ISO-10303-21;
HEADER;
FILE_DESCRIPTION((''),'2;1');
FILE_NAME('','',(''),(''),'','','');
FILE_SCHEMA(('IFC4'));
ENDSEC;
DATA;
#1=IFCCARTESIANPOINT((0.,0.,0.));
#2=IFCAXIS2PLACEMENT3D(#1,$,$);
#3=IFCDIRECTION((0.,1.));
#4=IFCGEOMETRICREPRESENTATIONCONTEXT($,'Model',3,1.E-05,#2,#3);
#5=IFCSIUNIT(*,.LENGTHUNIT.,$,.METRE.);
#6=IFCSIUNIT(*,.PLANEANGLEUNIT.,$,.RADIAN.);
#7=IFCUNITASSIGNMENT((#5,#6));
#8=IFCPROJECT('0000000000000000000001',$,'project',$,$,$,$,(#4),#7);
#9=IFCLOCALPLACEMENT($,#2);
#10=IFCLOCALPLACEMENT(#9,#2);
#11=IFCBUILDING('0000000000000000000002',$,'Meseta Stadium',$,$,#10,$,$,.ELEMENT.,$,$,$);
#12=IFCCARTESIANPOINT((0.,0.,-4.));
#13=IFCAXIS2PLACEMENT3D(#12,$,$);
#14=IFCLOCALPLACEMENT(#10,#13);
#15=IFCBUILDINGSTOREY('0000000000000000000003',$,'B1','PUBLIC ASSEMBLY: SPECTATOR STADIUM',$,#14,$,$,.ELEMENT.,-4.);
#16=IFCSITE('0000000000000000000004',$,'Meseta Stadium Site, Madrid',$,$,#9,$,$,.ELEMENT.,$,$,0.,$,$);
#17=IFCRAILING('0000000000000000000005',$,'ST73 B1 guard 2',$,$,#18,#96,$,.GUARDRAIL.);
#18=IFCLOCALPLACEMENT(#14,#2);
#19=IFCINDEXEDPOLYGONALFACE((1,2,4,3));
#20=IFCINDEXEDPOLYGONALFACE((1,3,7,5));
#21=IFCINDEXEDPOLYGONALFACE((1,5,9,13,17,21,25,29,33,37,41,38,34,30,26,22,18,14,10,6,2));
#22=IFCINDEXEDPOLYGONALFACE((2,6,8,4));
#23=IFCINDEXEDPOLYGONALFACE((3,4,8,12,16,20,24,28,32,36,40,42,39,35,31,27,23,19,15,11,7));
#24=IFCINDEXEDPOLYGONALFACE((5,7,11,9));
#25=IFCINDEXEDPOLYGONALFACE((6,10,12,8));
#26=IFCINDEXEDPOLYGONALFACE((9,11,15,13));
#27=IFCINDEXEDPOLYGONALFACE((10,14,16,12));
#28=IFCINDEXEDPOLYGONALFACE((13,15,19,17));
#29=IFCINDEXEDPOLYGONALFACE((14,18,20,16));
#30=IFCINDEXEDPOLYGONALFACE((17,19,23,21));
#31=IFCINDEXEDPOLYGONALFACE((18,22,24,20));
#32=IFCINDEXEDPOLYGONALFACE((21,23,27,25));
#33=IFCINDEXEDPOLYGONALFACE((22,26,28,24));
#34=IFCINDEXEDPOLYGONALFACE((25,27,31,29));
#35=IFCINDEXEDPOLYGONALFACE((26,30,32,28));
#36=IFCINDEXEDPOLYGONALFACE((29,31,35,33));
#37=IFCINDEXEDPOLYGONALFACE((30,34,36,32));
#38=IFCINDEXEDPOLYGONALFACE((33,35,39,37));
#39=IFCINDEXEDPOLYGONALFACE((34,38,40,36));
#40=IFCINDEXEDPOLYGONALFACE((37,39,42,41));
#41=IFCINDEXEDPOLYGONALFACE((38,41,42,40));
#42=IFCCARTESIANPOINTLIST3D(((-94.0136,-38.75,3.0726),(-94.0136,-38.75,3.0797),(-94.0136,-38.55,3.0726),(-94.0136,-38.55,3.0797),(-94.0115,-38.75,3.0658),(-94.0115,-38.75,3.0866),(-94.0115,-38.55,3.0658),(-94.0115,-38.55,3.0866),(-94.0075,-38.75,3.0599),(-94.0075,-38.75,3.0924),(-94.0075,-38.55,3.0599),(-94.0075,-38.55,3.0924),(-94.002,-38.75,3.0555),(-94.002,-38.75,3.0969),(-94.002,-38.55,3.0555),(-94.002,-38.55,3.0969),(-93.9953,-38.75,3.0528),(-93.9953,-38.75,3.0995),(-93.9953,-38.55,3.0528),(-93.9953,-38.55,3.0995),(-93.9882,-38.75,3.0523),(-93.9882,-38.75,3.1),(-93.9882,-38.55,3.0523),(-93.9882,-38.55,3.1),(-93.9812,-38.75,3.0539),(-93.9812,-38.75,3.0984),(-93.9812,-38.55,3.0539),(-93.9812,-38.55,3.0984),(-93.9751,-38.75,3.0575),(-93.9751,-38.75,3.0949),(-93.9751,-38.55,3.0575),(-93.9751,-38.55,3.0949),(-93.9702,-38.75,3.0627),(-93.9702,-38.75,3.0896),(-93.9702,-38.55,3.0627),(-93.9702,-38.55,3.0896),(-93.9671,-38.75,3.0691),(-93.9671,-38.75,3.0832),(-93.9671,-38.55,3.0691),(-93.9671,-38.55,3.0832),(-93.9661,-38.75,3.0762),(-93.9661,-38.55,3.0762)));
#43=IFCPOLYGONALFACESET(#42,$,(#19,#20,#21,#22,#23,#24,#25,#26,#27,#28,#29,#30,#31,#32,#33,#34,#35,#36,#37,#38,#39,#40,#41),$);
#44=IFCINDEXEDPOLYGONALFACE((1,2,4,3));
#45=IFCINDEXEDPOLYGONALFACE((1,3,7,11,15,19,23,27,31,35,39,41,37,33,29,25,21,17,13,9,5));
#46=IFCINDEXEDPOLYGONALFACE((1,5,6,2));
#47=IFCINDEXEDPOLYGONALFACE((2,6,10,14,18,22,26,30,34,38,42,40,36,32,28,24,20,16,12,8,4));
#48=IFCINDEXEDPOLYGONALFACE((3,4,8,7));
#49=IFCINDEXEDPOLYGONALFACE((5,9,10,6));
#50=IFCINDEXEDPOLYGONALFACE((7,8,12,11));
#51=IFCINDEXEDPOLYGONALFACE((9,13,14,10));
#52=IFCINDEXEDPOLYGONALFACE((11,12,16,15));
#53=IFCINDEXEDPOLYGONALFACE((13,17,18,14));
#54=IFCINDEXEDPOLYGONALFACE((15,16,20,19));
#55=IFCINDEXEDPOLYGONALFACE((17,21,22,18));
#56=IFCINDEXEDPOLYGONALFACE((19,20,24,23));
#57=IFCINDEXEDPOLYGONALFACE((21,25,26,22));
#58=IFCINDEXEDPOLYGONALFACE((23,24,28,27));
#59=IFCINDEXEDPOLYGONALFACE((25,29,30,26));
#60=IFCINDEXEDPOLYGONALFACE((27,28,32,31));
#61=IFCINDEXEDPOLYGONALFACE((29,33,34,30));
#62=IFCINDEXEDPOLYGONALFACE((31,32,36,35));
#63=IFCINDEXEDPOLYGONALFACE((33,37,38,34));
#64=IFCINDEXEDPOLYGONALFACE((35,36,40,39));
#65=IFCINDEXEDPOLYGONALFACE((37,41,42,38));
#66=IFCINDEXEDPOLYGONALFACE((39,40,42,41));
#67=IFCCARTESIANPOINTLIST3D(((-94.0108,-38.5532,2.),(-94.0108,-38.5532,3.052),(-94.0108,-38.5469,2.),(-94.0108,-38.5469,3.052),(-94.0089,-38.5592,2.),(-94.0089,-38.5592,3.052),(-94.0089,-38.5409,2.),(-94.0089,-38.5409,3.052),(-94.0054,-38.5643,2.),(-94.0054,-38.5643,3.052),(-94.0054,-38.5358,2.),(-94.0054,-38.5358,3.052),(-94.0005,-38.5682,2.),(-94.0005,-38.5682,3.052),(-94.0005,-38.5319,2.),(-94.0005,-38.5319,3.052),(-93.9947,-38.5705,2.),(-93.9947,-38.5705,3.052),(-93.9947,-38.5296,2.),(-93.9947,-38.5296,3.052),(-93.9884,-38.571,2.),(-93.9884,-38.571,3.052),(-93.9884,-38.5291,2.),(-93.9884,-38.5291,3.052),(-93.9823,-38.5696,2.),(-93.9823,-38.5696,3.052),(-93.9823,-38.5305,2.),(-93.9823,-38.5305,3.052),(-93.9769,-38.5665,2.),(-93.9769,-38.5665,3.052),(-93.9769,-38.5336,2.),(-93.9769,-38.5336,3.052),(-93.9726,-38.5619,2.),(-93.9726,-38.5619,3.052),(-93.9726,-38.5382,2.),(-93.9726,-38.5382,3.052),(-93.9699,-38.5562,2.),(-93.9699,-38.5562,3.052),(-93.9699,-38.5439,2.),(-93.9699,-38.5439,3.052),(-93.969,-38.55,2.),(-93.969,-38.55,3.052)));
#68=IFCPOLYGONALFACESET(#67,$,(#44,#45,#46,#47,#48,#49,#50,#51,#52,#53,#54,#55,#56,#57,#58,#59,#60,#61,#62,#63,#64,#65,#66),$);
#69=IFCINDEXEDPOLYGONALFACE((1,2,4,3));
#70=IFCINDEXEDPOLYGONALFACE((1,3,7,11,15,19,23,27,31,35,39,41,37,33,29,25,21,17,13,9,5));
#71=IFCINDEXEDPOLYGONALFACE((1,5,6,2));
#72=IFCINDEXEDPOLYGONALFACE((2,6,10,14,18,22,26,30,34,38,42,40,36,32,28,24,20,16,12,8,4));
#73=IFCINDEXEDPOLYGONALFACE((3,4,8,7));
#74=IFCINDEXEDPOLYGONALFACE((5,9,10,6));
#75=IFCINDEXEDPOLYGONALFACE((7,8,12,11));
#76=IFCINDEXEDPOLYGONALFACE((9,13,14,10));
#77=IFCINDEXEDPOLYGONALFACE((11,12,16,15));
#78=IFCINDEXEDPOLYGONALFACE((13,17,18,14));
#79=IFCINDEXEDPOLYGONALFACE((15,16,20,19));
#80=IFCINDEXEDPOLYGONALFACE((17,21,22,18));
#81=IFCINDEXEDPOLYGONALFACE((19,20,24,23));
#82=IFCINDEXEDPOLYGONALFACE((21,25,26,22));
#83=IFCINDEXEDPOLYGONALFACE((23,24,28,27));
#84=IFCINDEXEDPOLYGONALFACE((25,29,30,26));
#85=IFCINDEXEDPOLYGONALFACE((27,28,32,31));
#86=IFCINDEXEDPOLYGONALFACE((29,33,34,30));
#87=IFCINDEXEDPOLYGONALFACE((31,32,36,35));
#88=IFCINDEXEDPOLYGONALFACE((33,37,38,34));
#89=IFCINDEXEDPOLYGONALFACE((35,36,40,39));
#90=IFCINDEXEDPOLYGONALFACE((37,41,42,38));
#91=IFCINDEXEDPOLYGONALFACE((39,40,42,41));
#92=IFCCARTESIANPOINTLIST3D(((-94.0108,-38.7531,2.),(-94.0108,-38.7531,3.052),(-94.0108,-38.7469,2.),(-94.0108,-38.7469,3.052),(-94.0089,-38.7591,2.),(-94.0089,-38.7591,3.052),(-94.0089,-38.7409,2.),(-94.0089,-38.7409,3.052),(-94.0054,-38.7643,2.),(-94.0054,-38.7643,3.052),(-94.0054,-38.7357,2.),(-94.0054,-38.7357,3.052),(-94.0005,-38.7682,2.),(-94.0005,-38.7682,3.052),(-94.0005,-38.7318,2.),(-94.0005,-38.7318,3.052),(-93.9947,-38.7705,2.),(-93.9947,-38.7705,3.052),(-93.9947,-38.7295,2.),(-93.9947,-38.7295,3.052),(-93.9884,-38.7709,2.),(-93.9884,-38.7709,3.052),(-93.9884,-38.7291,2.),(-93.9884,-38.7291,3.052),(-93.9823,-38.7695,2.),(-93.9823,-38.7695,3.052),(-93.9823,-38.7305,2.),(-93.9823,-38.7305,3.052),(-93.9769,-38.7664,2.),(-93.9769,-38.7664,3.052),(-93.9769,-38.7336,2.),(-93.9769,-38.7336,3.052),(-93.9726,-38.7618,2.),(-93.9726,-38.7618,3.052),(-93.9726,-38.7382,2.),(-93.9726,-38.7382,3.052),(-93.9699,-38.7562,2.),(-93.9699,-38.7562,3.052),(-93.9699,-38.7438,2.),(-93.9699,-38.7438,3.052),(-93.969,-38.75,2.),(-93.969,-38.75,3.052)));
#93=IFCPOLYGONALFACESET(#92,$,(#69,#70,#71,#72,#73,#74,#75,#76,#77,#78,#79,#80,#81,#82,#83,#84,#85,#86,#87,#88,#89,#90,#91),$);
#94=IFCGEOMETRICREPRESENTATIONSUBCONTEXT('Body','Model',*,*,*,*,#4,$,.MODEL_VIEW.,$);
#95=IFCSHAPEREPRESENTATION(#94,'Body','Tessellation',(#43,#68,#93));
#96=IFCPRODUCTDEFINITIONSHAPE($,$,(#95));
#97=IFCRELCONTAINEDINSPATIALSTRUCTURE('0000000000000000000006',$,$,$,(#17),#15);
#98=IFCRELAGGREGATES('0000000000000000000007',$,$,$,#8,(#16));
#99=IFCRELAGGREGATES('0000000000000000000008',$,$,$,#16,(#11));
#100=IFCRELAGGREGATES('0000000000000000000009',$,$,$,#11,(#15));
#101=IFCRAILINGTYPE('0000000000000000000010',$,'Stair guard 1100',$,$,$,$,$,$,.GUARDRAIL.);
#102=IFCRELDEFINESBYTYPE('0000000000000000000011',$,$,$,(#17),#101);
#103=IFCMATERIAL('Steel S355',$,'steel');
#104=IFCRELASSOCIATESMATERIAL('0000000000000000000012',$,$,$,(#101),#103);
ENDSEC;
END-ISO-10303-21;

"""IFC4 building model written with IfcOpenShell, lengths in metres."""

from ifc_helpers import new_model, si_unit, direction, frame, origin, origin_2d, place, context, subcontext, project, spatial, circle, extrude, material, type_object, element, save


model = new_model("IFC4")

# Units and contexts
model_context = context("Model", 3, precision=1e-05, world=origin(), true_north=direction((0.0, 1.0)))
body_context = subcontext(model_context, "Body", "Model", "MODEL_VIEW")
ifc_project = project(units=[si_unit("LENGTHUNIT", "METRE"), si_unit("PLANEANGLEUNIT", "RADIAN")], contexts=[model_context])

# Site, building, storey
site_placement = place(None, origin())
site = spatial("IfcSite", under=ifc_project, at=site_placement, Name="Meseta Stadium Site, Madrid", CompositionType="ELEMENT", RefElevation=0.0)
building_placement = place(site_placement, origin())
building = spatial("IfcBuilding", under=site, at=building_placement, Name="Meseta Stadium", CompositionType="ELEMENT")
storey_placement = place(building_placement, frame((0.0, 0.0, -4.0)))
storey = spatial("IfcBuildingStorey", under=building, at=storey_placement, Name="B1", Description="PUBLIC ASSEMBLY: SPECTATOR STADIUM", CompositionType="ELEMENT", Elevation=-4.0)

# Railing
ifc_material_1 = material(Name="Steel S355", Category="steel")
railing_type_1 = type_object("IfcRailingType", Name="Stair guard 1100", PredefinedType="GUARDRAIL", material=ifc_material_1)
railing_1_placement = place(storey_placement, frame((-93.99, -38.55, 2.0)))
element("IfcRailing", 1, at=railing_1_placement, inside=storey, type_object=railing_type_1, Name="ST73 B1 guard 2", PredefinedType="GUARDRAIL", context=body_context, shape_type="SweptSolid", body=[
    extrude(circle(Radius=0.0239, at=origin_2d()), frame((0.0, 0.0, 1.0762), z_axis=(0.0, -1.0, 0.0), x_axis=(1.0, 0.0, 0.0)), (0.0, 0.0, 1.0), 0.2),
    extrude(circle(Radius=0.021, at=origin_2d()), origin(), (0.0, 0.0, 1.0), 1.052),
    extrude(circle(Radius=0.021, at=origin_2d()), frame((0.0, -0.2, 0.0)), (0.0, 0.0, 1.0), 1.052),
])

save(model, "model.ifc")
